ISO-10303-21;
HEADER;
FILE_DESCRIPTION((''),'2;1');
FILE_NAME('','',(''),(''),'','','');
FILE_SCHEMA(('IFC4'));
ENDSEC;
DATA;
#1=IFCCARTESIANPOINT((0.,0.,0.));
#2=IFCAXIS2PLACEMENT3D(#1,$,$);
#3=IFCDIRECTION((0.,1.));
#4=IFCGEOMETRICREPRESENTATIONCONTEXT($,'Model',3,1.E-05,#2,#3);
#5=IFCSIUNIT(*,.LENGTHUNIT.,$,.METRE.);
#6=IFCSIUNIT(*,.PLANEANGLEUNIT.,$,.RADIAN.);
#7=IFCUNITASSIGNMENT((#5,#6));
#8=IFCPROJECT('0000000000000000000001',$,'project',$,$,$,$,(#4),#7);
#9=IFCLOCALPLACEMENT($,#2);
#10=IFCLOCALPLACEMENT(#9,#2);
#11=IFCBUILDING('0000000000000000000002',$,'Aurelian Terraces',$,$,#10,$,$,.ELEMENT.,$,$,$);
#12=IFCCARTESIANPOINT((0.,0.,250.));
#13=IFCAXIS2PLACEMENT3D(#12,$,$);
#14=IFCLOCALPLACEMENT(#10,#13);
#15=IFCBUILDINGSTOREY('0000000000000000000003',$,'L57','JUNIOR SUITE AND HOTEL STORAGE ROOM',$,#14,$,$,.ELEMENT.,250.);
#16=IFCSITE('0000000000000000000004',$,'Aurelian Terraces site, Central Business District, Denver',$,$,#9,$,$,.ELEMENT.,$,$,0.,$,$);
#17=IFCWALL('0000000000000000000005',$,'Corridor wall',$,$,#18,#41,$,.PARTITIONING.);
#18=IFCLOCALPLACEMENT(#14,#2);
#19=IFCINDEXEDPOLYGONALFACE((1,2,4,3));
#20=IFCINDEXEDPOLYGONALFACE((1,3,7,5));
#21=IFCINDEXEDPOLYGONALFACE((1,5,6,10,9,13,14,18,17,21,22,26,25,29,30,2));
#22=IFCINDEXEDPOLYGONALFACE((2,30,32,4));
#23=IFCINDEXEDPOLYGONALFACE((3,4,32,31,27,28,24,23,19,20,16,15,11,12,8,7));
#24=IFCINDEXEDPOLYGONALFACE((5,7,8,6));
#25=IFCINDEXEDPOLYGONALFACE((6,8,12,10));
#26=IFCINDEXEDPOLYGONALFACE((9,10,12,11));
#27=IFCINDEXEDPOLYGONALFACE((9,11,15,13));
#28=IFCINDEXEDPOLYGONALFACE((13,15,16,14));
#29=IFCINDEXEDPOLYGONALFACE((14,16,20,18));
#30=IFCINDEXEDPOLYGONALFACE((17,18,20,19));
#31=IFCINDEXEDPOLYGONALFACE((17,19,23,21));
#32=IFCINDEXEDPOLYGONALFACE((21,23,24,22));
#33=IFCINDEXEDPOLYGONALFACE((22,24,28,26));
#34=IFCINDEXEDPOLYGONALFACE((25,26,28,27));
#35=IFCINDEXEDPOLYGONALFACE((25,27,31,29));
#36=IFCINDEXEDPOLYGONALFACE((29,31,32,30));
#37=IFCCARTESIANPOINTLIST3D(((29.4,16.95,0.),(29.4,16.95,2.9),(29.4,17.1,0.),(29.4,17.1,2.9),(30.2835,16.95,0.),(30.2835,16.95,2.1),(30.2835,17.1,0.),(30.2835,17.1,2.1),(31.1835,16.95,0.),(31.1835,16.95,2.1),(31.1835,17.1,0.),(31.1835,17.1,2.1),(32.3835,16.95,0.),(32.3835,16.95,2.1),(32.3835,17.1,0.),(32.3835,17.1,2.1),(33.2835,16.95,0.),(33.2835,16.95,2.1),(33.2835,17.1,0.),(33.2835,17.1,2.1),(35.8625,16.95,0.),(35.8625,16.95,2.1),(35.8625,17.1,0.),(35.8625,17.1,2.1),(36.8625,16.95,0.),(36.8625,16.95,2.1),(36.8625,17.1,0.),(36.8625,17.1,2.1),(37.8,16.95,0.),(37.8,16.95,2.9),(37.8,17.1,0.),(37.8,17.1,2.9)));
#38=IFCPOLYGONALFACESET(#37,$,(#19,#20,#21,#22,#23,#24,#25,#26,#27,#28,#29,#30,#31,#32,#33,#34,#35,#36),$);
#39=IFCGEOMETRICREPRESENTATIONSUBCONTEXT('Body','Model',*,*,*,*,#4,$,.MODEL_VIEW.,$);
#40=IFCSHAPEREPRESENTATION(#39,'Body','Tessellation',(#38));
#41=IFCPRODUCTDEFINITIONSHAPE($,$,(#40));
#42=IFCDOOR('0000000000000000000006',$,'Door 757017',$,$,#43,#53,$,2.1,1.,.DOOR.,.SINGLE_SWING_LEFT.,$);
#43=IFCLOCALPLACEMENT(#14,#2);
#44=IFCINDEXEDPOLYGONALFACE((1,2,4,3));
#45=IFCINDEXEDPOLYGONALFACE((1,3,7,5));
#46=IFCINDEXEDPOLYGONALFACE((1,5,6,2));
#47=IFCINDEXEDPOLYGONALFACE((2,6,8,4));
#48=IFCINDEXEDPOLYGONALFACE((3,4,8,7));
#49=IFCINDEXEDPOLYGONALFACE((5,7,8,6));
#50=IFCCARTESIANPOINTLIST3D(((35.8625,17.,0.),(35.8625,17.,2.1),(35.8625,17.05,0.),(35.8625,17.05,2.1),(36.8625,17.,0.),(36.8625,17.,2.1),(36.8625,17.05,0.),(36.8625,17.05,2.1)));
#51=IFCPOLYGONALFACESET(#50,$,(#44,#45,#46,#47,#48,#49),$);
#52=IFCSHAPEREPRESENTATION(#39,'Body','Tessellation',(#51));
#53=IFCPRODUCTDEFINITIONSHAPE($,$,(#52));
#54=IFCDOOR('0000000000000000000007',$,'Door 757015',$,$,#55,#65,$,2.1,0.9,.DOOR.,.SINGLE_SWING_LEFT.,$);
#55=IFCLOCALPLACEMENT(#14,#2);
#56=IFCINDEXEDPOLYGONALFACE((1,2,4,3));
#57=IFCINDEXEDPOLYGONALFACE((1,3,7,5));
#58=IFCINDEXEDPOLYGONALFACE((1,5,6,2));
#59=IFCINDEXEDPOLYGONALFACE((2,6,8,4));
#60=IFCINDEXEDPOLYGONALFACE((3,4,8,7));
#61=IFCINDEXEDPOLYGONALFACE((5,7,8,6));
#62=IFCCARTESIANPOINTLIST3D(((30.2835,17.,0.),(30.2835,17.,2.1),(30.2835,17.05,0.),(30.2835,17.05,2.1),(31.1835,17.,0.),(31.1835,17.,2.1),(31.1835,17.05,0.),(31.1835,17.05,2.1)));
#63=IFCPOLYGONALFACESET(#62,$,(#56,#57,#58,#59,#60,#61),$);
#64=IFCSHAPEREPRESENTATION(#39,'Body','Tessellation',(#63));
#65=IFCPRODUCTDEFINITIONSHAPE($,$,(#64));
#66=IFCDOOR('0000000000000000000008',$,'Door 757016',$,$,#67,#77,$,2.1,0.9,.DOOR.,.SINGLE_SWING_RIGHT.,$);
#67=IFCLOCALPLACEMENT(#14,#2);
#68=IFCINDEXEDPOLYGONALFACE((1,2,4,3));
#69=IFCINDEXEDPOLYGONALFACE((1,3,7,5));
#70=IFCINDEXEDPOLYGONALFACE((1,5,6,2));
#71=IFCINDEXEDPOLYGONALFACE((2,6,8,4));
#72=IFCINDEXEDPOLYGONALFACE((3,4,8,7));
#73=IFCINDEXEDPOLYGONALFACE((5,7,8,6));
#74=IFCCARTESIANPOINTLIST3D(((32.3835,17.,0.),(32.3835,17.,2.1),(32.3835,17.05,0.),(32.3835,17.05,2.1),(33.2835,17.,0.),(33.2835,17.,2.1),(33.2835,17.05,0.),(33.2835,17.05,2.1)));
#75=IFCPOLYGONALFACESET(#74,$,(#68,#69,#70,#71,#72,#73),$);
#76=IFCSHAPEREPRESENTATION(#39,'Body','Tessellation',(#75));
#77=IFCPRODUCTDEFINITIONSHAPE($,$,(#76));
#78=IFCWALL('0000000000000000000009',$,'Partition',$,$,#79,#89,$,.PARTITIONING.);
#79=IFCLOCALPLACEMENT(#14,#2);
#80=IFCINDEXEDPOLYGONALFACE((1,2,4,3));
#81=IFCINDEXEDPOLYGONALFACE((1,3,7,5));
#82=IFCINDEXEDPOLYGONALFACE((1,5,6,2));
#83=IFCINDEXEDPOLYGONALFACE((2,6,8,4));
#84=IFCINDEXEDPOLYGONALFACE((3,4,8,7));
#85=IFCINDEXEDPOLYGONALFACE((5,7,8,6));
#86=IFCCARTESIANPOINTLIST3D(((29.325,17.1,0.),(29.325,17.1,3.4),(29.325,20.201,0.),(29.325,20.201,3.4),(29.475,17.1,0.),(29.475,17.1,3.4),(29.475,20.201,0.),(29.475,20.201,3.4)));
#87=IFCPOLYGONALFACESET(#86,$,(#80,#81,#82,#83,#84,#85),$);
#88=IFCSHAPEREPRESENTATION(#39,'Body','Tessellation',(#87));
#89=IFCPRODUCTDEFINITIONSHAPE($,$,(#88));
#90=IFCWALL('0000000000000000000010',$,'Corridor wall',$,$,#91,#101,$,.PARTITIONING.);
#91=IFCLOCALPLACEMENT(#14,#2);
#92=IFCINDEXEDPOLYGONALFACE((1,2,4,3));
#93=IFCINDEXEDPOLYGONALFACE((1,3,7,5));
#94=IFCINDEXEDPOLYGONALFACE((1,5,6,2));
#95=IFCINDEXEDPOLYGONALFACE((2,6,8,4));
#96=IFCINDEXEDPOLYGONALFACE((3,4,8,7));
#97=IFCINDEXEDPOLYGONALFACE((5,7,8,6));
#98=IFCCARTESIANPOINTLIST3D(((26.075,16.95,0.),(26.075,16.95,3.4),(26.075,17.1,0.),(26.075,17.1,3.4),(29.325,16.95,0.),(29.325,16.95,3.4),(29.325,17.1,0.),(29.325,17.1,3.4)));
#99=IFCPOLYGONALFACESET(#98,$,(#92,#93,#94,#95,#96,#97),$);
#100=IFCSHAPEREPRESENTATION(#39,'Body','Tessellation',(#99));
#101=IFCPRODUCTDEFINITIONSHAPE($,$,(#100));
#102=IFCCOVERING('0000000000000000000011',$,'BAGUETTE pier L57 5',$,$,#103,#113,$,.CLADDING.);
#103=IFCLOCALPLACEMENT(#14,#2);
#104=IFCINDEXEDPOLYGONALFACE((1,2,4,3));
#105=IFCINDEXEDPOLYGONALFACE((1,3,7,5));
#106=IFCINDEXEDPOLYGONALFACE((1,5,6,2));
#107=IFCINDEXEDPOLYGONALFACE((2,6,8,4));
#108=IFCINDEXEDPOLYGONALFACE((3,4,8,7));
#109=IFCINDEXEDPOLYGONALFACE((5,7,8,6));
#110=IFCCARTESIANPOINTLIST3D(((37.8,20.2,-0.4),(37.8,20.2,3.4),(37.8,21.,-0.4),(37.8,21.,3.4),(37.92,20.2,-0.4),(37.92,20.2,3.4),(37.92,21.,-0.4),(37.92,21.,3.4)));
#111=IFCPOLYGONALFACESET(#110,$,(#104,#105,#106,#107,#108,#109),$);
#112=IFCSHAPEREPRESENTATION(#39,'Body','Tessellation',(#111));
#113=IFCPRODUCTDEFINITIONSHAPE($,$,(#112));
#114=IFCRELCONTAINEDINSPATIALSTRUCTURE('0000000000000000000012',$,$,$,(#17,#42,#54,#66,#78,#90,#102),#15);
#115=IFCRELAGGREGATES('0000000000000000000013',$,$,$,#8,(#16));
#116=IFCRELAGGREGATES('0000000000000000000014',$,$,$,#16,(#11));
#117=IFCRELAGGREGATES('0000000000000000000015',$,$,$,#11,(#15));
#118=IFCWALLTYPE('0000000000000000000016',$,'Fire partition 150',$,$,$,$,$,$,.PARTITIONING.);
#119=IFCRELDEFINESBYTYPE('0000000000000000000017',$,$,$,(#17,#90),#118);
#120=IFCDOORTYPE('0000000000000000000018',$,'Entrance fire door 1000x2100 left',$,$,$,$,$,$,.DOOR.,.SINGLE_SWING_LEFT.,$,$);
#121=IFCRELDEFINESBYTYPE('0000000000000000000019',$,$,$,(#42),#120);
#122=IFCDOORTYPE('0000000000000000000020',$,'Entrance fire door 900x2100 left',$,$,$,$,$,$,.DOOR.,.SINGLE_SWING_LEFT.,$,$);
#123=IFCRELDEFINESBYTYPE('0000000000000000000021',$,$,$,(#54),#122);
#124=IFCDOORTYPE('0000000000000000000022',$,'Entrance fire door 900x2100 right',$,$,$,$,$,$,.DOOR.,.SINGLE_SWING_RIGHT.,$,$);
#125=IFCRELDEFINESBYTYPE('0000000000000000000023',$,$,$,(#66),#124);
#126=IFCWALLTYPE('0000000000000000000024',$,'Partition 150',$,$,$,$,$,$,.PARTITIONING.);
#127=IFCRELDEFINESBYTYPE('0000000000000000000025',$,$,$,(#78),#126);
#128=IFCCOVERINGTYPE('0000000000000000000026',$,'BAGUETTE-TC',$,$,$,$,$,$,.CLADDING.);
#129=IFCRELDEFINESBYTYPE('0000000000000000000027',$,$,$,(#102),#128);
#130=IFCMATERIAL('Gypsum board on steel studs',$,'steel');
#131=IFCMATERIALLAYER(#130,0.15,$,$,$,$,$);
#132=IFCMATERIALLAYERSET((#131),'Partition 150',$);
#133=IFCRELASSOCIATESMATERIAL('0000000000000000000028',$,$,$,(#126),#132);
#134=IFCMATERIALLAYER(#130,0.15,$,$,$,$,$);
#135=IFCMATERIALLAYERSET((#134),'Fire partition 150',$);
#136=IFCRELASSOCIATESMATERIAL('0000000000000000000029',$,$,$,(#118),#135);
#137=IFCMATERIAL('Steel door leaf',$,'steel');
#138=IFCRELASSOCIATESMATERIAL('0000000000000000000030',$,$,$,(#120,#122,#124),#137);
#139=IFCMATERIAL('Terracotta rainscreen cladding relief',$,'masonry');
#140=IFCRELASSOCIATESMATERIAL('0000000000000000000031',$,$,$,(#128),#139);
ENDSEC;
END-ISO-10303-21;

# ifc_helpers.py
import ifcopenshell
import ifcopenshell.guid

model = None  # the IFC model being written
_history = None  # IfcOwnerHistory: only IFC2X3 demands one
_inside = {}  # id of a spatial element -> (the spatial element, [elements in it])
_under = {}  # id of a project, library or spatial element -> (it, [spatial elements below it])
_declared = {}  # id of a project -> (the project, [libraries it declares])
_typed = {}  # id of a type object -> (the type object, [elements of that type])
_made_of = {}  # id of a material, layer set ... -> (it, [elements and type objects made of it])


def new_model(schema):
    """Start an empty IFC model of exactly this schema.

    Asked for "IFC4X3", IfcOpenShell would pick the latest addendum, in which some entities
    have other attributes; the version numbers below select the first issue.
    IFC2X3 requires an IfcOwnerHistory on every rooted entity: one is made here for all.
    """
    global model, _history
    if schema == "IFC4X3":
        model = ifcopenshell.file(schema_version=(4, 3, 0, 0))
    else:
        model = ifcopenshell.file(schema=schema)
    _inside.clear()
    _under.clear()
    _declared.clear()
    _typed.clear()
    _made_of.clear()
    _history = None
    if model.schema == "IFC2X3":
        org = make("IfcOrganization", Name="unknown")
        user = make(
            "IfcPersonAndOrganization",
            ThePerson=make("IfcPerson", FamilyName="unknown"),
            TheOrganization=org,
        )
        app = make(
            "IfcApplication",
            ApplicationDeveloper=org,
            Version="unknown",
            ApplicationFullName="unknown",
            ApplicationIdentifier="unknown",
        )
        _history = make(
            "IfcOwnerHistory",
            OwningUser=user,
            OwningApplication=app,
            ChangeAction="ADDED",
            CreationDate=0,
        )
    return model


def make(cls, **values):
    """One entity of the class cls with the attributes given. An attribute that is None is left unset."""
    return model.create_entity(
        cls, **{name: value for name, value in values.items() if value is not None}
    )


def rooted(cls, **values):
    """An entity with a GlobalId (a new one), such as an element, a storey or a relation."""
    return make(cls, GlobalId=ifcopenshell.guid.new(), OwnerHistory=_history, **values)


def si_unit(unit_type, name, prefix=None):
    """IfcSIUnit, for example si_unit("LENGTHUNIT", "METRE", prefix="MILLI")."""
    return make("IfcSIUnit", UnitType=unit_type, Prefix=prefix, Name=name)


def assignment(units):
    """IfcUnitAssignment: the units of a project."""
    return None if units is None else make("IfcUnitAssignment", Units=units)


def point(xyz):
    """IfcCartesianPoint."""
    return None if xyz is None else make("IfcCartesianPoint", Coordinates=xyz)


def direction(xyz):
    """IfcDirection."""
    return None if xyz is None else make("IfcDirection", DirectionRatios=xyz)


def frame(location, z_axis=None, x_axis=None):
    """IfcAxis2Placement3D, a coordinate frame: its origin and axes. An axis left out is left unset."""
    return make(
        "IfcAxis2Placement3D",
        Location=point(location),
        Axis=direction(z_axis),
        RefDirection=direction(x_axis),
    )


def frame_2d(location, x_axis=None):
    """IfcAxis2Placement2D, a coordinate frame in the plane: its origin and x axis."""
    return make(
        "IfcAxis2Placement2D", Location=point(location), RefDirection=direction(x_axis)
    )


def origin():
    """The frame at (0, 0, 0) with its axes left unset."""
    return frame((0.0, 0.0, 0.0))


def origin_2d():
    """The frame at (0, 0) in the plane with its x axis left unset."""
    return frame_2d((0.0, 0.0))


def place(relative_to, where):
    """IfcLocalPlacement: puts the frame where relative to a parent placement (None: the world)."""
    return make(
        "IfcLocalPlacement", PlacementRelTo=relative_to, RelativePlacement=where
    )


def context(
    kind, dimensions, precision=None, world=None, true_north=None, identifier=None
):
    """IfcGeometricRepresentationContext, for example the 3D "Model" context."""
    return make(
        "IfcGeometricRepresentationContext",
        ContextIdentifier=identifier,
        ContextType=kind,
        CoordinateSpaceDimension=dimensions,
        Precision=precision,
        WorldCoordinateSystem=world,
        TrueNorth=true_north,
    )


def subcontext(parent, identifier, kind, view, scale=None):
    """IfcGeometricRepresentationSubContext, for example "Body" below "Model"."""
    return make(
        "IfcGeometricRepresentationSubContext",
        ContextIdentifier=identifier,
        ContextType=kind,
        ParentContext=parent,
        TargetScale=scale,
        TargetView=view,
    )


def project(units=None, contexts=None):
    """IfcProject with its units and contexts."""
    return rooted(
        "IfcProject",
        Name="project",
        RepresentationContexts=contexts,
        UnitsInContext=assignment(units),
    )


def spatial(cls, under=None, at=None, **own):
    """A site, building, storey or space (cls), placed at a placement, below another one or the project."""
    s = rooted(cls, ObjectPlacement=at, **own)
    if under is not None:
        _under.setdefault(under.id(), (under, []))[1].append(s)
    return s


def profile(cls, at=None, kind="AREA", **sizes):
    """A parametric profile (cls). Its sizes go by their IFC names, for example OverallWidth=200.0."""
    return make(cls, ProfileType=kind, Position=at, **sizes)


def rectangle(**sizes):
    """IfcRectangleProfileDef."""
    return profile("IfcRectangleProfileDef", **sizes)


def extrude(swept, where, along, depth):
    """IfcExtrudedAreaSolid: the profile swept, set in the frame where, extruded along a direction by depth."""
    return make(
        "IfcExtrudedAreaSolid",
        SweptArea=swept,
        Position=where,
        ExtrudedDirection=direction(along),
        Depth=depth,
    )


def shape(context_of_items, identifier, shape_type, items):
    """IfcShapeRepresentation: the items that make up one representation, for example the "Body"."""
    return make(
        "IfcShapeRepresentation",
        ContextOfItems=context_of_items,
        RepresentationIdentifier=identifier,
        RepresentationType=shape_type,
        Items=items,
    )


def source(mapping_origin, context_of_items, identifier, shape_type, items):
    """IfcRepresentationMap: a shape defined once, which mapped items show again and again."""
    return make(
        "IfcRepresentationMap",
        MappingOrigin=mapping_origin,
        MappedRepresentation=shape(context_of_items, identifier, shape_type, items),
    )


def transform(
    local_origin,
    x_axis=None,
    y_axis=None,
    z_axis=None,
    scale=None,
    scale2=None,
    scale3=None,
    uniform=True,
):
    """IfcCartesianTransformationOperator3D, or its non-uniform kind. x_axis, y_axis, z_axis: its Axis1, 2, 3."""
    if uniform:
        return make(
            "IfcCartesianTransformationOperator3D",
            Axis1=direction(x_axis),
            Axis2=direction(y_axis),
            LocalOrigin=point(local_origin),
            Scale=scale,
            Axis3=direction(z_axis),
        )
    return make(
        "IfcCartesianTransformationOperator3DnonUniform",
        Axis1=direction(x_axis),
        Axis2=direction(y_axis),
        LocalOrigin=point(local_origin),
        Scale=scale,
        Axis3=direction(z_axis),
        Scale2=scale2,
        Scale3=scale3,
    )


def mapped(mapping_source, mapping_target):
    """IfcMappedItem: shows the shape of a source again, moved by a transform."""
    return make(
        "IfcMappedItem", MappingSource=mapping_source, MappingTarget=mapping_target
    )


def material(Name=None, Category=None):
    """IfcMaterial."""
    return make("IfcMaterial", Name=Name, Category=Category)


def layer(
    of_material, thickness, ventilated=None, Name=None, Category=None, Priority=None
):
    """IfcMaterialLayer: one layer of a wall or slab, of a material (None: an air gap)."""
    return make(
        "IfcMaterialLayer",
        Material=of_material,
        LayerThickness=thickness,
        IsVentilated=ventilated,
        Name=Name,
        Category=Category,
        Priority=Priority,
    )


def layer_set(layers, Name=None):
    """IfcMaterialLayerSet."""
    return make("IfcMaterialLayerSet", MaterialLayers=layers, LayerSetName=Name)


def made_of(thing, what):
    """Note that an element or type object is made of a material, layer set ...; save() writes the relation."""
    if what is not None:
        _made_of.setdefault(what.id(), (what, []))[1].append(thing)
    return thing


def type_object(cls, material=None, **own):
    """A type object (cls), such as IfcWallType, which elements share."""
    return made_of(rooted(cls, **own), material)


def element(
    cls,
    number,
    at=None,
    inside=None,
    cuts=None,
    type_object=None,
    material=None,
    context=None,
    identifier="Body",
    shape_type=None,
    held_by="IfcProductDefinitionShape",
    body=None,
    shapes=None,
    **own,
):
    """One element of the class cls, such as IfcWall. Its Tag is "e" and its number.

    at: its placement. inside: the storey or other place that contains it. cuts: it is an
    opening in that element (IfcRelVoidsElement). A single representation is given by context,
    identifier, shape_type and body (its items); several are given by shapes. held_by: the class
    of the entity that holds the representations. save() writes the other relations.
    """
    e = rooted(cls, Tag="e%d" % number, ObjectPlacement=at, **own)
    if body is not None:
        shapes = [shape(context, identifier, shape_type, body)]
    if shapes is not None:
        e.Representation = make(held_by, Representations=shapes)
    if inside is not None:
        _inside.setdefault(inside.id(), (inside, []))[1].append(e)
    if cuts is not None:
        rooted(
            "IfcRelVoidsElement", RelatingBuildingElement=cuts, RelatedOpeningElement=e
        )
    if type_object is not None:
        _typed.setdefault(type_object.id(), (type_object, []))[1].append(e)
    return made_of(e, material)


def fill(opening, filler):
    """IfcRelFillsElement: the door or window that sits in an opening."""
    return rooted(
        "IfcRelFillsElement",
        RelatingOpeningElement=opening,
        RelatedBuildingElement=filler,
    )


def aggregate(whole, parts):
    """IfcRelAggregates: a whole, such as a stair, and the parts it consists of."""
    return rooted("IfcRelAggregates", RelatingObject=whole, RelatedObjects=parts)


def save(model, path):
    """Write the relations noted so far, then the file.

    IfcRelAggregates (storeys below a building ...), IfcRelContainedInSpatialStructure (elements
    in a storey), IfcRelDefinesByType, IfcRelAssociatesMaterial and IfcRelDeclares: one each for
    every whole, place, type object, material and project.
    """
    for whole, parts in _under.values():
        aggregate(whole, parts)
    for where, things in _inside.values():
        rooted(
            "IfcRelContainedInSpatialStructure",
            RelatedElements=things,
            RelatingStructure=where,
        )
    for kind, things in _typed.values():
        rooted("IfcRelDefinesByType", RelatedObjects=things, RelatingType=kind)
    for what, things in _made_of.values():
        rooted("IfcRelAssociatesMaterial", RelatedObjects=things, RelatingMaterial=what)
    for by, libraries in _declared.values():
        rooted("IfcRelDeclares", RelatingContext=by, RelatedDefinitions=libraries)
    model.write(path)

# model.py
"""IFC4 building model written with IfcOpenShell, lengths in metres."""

from ifc_helpers import new_model, si_unit, direction, frame, frame_2d, origin, origin_2d, place, context, subcontext, project, spatial, rectangle, extrude, source, transform, mapped, material, layer, layer_set, type_object, element, fill, save


model = new_model("IFC4")

# Units and contexts
model_context = context("Model", 3, precision=1e-05, world=origin(), true_north=direction((0.0, 1.0)))
body_context = subcontext(model_context, "Body", "Model", "MODEL_VIEW")
ifc_project = project(units=[si_unit("LENGTHUNIT", "METRE"), si_unit("PLANEANGLEUNIT", "RADIAN")], contexts=[model_context])

# Site, building, storey
site_placement = place(None, origin())
site = spatial("IfcSite", under=ifc_project, at=site_placement, Name="Aurelian Terraces site, Central Business District, Denver", CompositionType="ELEMENT", RefElevation=0.0)
building_placement = place(site_placement, origin())
building = spatial("IfcBuilding", under=site, at=building_placement, Name="Aurelian Terraces", CompositionType="ELEMENT")
storey_placement = place(building_placement, frame((0.0, 0.0, 250.0)))
storey = spatial("IfcBuildingStorey", under=building, at=storey_placement, Name="L57", Description="JUNIOR SUITE AND HOTEL STORAGE ROOM", CompositionType="ELEMENT", Elevation=250.0)

# Shared definitions
ifc_material_1 = material(Name="Gypsum board on steel studs", Category="steel")
ifc_layer_1 = layer(ifc_material_1, 0.15)
ifc_layer_set_1 = layer_set([ifc_layer_1], Name="Partition 150")
wall_type_1 = type_object("IfcWallType", Name="Partition 150", PredefinedType="PARTITIONING", material=ifc_layer_set_1)
shared_shape_1 = source(origin(), body_context, "Body", "SweptSolid", [
    extrude(rectangle(XDim=0.9, YDim=2.1, at=frame_2d((0.45, 1.05))), frame((0.0, 0.085, 0.0), z_axis=(0.0, -1.0, 0.0), x_axis=(1.0, 0.0, 0.0)), (0.0, 0.0, 1.0), 0.17),
])
shared_shape_2 = source(origin(), body_context, "Body", "SweptSolid", [
    extrude(rectangle(XDim=0.9, YDim=2.1, at=frame_2d((0.45, 1.05))), frame((0.0, 0.025, 0.0), z_axis=(0.0, -1.0, 0.0), x_axis=(1.0, 0.0, 0.0)), (0.0, 0.0, 1.0), 0.05),
])
ifc_layer_2 = layer(ifc_material_1, 0.15)
ifc_layer_set_2 = layer_set([ifc_layer_2], Name="Fire partition 150")
wall_type_2 = type_object("IfcWallType", Name="Fire partition 150", PredefinedType="PARTITIONING", material=ifc_layer_set_2)
ifc_material_2 = material(Name="Steel door leaf", Category="steel")

# Shared definitions
shared_shape_3 = source(origin(), body_context, "Body", "SweptSolid", [
    extrude(rectangle(XDim=8.4, YDim=0.15, at=frame_2d((4.2, 0.0))), origin(), (0.0, 0.0, 1.0), 2.9),
])

# Wall, openings, doors
wall_1_placement = place(storey_placement, frame((29.4, 17.025, 0.0), z_axis=(0.0, 0.0, 1.0), x_axis=(1.0, 0.0, 0.0)))
wall_1 = element("IfcWall", 1, at=wall_1_placement, inside=storey, type_object=wall_type_2, Name="Corridor wall", PredefinedType="PARTITIONING", context=body_context, shape_type="MappedRepresentation", body=[
    mapped(shared_shape_3, transform((0.0, 0.0, 0.0), scale=1.0)),
])
opening_1_placement = place(wall_1_placement, frame((0.8835, 0.0, 0.0)))
opening_1 = element("IfcOpeningElement", 2, at=opening_1_placement, cuts=wall_1, PredefinedType="OPENING", context=body_context, shape_type="MappedRepresentation", body=[
    mapped(shared_shape_1, transform((0.0, 0.0, 0.0), scale=1.0)),
])
opening_2_placement = place(wall_1_placement, frame((2.9835, 0.0, 0.0)))
opening_2 = element("IfcOpeningElement", 3, at=opening_2_placement, cuts=wall_1, PredefinedType="OPENING", context=body_context, shape_type="MappedRepresentation", body=[
    mapped(shared_shape_1, transform((0.0, 0.0, 0.0), scale=1.0)),
])
shared_shape_4 = source(origin(), body_context, "Body", "SweptSolid", [
    extrude(rectangle(XDim=1.0, YDim=2.1, at=frame_2d((0.5, 1.05))), frame((0.0, 0.085, 0.0), z_axis=(0.0, -1.0, 0.0), x_axis=(1.0, 0.0, 0.0)), (0.0, 0.0, 1.0), 0.17),
])
opening_3_placement = place(wall_1_placement, frame((6.4625, 0.0, 0.0)))
opening_3 = element("IfcOpeningElement", 4, at=opening_3_placement, cuts=wall_1, PredefinedType="OPENING", context=body_context, shape_type="MappedRepresentation", body=[
    mapped(shared_shape_4, transform((0.0, 0.0, 0.0), scale=1.0)),
])
door_type_1 = type_object("IfcDoorType", Name="Entrance fire door 1000x2100 left", OperationType="SINGLE_SWING_LEFT", PredefinedType="DOOR", material=ifc_material_2)
shared_shape_5 = source(origin(), body_context, "Body", "SweptSolid", [
    extrude(rectangle(XDim=1.0, YDim=2.1, at=frame_2d((0.5, 1.05))), frame((0.0, 0.025, 0.0), z_axis=(0.0, -1.0, 0.0), x_axis=(1.0, 0.0, 0.0)), (0.0, 0.0, 1.0), 0.05),
])
door_1_placement = place(opening_3_placement, origin())
door_1 = element("IfcDoor", 5, at=door_1_placement, inside=storey, type_object=door_type_1, Name="Door 757017", OperationType="SINGLE_SWING_LEFT", OverallHeight=2.1, OverallWidth=1.0, PredefinedType="DOOR", context=body_context, shape_type="MappedRepresentation", body=[
    mapped(shared_shape_5, transform((0.0, 0.0, 0.0), scale=1.0)),
])
fill(opening_3, door_1)
door_type_2 = type_object("IfcDoorType", Name="Entrance fire door 900x2100 left", OperationType="SINGLE_SWING_LEFT", PredefinedType="DOOR", material=ifc_material_2)
door_2_placement = place(opening_1_placement, origin())
door_2 = element("IfcDoor", 6, at=door_2_placement, inside=storey, type_object=door_type_2, Name="Door 757015", OperationType="SINGLE_SWING_LEFT", OverallHeight=2.1, OverallWidth=0.9, PredefinedType="DOOR", context=body_context, shape_type="MappedRepresentation", body=[
    mapped(shared_shape_2, transform((0.0, 0.0, 0.0), scale=1.0)),
])
fill(opening_1, door_2)
door_type_3 = type_object("IfcDoorType", Name="Entrance fire door 900x2100 right", OperationType="SINGLE_SWING_RIGHT", PredefinedType="DOOR", material=ifc_material_2)
door_3_placement = place(opening_2_placement, origin())
door_3 = element("IfcDoor", 7, at=door_3_placement, inside=storey, type_object=door_type_3, Name="Door 757016", OperationType="SINGLE_SWING_RIGHT", OverallHeight=2.1, OverallWidth=0.9, PredefinedType="DOOR", context=body_context, shape_type="MappedRepresentation", body=[
    mapped(shared_shape_2, transform((0.0, 0.0, 0.0), scale=1.0)),
])
fill(opening_2, door_3)

# Walls
shared_shape_6 = source(origin(), body_context, "Body", "SweptSolid", [
    extrude(rectangle(XDim=3.101, YDim=0.15, at=frame_2d((1.5505, 0.0))), origin(), (0.0, 0.0, 1.0), 3.4),
])
wall_2_placement = place(storey_placement, frame((29.4, 17.1, 0.0), z_axis=(0.0, 0.0, 1.0), x_axis=(0.0, 1.0, 0.0)))
element("IfcWall", 8, at=wall_2_placement, inside=storey, type_object=wall_type_1, Name="Partition", PredefinedType="PARTITIONING", context=body_context, shape_type="MappedRepresentation", body=[
    mapped(shared_shape_6, transform((0.0, 0.0, 0.0), scale=1.0)),
])
shared_shape_7 = source(origin(), body_context, "Body", "SweptSolid", [
    extrude(rectangle(XDim=3.25, YDim=0.15, at=frame_2d((1.625, 0.0))), origin(), (0.0, 0.0, 1.0), 3.4),
])
wall_3_placement = place(storey_placement, frame((26.075, 17.025, 0.0), z_axis=(0.0, 0.0, 1.0), x_axis=(1.0, 0.0, 0.0)))
element("IfcWall", 9, at=wall_3_placement, inside=storey, type_object=wall_type_2, Name="Corridor wall", PredefinedType="PARTITIONING", context=body_context, shape_type="MappedRepresentation", body=[
    mapped(shared_shape_7, transform((0.0, 0.0, 0.0), scale=1.0)),
])

# Covering
ifc_material_3 = material(Name="Terracotta rainscreen cladding relief", Category="masonry")
covering_type = type_object("IfcCoveringType", Name="BAGUETTE-TC", PredefinedType="CLADDING", material=ifc_material_3)
shared_shape_8 = source(origin(), body_context, "Body", "SweptSolid", [
    extrude(rectangle(XDim=0.12, YDim=0.8, at=origin_2d()), origin(), (0.0, 0.0, 1.0), 3.8),
])
covering_placement = place(storey_placement, frame((37.86, 20.6, -0.4), z_axis=(0.0, 0.0, 1.0), x_axis=(1.0, 0.0, 0.0)))
element("IfcCovering", 10, at=covering_placement, inside=storey, type_object=covering_type, Name="BAGUETTE pier L57 5", PredefinedType="CLADDING", context=body_context, shape_type="MappedRepresentation", body=[
    mapped(shared_shape_8, transform((0.0, 0.0, 0.0), scale=1.0)),
])

save(model, "model.ifc")
